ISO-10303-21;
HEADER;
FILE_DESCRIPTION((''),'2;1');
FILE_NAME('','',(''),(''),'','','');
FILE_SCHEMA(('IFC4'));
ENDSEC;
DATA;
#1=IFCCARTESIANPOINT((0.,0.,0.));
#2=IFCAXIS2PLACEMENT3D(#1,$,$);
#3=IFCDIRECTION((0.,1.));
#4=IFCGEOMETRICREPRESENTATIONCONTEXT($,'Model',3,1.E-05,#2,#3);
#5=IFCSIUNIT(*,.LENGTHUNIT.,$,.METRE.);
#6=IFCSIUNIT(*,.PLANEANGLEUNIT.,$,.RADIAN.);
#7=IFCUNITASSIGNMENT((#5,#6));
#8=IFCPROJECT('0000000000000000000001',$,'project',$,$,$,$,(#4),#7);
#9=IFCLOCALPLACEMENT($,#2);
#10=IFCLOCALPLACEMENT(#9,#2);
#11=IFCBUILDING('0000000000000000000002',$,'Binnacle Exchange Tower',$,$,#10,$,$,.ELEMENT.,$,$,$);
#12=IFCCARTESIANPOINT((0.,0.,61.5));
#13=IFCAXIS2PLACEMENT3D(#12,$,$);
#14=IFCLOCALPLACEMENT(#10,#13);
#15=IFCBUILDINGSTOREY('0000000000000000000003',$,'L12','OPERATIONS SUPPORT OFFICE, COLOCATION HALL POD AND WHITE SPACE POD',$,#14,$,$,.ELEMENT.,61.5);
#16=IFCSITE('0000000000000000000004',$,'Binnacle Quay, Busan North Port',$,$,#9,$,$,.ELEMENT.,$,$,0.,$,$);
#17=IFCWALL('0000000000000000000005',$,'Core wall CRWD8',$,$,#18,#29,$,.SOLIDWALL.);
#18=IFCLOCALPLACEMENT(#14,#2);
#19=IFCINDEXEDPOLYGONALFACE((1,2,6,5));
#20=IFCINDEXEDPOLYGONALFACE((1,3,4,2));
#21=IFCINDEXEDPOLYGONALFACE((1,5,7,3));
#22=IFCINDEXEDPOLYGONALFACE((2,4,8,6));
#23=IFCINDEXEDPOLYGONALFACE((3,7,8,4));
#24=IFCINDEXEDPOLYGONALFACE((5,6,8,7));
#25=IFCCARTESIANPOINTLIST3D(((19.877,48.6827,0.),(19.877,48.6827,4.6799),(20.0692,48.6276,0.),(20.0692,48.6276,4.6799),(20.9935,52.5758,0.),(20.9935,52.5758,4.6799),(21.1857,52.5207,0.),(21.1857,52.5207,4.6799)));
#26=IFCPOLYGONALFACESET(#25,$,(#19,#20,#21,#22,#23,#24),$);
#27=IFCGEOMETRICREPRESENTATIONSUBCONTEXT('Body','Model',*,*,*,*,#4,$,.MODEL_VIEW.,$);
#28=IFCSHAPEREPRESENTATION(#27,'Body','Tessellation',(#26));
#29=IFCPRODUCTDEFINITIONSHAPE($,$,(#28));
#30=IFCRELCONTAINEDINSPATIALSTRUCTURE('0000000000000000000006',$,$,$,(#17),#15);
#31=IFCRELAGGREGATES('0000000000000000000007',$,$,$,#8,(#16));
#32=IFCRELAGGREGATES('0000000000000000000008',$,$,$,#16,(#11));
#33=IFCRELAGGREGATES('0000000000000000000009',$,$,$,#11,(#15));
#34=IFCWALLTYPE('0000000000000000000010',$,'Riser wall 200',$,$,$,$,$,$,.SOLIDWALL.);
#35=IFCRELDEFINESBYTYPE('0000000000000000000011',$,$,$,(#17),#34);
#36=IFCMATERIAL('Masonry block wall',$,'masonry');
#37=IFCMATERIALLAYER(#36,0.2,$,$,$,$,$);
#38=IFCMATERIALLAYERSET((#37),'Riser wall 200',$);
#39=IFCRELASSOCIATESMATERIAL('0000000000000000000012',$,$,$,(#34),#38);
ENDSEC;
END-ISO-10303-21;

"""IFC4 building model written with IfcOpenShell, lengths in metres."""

from ifc_helpers import new_model, si_unit, direction, frame, frame_2d, origin, place, context, subcontext, project, spatial, rectangle, extrude, material, layer, layer_set, type_object, element, save


model = new_model("IFC4")

# Units and contexts
model_context = context("Model", 3, precision=1e-05, world=origin(), true_north=direction((0.0, 1.0)))
body_context = subcontext(model_context, "Body", "Model", "MODEL_VIEW")
ifc_project = project(units=[si_unit("LENGTHUNIT", "METRE"), si_unit("PLANEANGLEUNIT", "RADIAN")], contexts=[model_context])

# Site, building, storey
site_placement = place(None, origin())
site = spatial("IfcSite", under=ifc_project, at=site_placement, Name="Binnacle Quay, Busan North Port", CompositionType="ELEMENT", RefElevation=0.0)
building_placement = place(site_placement, origin())
building = spatial("IfcBuilding", under=site, at=building_placement, Name="Binnacle Exchange Tower", CompositionType="ELEMENT")
storey_placement = place(building_placement, frame((0.0, 0.0, 61.5)))
storey = spatial("IfcBuildingStorey", under=building, at=storey_placement, Name="L12", Description="OPERATIONS SUPPORT OFFICE, COLOCATION HALL POD AND WHITE SPACE POD", CompositionType="ELEMENT", Elevation=61.5)

# Wall
ifc_material_1 = material(Name="Masonry block wall", Category="masonry")
ifc_layer_1 = layer(ifc_material_1, 0.2)
ifc_layer_set_1 = layer_set([ifc_layer_1], Name="Riser wall 200")
wall_type_1 = type_object("IfcWallType", Name="Riser wall 200", PredefinedType="SOLIDWALL", material=ifc_layer_set_1)
wall_1_placement = place(storey_placement, frame((19.9731, 48.6553, 0.0), z_axis=(0.0, 0.0, 1.0), x_axis=(0.275668, 0.961253, 0.0)))
element("IfcWall", 1, at=wall_1_placement, inside=storey, type_object=wall_type_1, Name="Core wall CRWD8", PredefinedType="SOLIDWALL", context=body_context, shape_type="SweptSolid", body=[
    extrude(rectangle(XDim=4.05, YDim=0.2, at=frame_2d((2.0249, 0.0))), origin(), (0.0, 0.0, 1.0), 4.6799),
])

save(model, "model.ifc")
